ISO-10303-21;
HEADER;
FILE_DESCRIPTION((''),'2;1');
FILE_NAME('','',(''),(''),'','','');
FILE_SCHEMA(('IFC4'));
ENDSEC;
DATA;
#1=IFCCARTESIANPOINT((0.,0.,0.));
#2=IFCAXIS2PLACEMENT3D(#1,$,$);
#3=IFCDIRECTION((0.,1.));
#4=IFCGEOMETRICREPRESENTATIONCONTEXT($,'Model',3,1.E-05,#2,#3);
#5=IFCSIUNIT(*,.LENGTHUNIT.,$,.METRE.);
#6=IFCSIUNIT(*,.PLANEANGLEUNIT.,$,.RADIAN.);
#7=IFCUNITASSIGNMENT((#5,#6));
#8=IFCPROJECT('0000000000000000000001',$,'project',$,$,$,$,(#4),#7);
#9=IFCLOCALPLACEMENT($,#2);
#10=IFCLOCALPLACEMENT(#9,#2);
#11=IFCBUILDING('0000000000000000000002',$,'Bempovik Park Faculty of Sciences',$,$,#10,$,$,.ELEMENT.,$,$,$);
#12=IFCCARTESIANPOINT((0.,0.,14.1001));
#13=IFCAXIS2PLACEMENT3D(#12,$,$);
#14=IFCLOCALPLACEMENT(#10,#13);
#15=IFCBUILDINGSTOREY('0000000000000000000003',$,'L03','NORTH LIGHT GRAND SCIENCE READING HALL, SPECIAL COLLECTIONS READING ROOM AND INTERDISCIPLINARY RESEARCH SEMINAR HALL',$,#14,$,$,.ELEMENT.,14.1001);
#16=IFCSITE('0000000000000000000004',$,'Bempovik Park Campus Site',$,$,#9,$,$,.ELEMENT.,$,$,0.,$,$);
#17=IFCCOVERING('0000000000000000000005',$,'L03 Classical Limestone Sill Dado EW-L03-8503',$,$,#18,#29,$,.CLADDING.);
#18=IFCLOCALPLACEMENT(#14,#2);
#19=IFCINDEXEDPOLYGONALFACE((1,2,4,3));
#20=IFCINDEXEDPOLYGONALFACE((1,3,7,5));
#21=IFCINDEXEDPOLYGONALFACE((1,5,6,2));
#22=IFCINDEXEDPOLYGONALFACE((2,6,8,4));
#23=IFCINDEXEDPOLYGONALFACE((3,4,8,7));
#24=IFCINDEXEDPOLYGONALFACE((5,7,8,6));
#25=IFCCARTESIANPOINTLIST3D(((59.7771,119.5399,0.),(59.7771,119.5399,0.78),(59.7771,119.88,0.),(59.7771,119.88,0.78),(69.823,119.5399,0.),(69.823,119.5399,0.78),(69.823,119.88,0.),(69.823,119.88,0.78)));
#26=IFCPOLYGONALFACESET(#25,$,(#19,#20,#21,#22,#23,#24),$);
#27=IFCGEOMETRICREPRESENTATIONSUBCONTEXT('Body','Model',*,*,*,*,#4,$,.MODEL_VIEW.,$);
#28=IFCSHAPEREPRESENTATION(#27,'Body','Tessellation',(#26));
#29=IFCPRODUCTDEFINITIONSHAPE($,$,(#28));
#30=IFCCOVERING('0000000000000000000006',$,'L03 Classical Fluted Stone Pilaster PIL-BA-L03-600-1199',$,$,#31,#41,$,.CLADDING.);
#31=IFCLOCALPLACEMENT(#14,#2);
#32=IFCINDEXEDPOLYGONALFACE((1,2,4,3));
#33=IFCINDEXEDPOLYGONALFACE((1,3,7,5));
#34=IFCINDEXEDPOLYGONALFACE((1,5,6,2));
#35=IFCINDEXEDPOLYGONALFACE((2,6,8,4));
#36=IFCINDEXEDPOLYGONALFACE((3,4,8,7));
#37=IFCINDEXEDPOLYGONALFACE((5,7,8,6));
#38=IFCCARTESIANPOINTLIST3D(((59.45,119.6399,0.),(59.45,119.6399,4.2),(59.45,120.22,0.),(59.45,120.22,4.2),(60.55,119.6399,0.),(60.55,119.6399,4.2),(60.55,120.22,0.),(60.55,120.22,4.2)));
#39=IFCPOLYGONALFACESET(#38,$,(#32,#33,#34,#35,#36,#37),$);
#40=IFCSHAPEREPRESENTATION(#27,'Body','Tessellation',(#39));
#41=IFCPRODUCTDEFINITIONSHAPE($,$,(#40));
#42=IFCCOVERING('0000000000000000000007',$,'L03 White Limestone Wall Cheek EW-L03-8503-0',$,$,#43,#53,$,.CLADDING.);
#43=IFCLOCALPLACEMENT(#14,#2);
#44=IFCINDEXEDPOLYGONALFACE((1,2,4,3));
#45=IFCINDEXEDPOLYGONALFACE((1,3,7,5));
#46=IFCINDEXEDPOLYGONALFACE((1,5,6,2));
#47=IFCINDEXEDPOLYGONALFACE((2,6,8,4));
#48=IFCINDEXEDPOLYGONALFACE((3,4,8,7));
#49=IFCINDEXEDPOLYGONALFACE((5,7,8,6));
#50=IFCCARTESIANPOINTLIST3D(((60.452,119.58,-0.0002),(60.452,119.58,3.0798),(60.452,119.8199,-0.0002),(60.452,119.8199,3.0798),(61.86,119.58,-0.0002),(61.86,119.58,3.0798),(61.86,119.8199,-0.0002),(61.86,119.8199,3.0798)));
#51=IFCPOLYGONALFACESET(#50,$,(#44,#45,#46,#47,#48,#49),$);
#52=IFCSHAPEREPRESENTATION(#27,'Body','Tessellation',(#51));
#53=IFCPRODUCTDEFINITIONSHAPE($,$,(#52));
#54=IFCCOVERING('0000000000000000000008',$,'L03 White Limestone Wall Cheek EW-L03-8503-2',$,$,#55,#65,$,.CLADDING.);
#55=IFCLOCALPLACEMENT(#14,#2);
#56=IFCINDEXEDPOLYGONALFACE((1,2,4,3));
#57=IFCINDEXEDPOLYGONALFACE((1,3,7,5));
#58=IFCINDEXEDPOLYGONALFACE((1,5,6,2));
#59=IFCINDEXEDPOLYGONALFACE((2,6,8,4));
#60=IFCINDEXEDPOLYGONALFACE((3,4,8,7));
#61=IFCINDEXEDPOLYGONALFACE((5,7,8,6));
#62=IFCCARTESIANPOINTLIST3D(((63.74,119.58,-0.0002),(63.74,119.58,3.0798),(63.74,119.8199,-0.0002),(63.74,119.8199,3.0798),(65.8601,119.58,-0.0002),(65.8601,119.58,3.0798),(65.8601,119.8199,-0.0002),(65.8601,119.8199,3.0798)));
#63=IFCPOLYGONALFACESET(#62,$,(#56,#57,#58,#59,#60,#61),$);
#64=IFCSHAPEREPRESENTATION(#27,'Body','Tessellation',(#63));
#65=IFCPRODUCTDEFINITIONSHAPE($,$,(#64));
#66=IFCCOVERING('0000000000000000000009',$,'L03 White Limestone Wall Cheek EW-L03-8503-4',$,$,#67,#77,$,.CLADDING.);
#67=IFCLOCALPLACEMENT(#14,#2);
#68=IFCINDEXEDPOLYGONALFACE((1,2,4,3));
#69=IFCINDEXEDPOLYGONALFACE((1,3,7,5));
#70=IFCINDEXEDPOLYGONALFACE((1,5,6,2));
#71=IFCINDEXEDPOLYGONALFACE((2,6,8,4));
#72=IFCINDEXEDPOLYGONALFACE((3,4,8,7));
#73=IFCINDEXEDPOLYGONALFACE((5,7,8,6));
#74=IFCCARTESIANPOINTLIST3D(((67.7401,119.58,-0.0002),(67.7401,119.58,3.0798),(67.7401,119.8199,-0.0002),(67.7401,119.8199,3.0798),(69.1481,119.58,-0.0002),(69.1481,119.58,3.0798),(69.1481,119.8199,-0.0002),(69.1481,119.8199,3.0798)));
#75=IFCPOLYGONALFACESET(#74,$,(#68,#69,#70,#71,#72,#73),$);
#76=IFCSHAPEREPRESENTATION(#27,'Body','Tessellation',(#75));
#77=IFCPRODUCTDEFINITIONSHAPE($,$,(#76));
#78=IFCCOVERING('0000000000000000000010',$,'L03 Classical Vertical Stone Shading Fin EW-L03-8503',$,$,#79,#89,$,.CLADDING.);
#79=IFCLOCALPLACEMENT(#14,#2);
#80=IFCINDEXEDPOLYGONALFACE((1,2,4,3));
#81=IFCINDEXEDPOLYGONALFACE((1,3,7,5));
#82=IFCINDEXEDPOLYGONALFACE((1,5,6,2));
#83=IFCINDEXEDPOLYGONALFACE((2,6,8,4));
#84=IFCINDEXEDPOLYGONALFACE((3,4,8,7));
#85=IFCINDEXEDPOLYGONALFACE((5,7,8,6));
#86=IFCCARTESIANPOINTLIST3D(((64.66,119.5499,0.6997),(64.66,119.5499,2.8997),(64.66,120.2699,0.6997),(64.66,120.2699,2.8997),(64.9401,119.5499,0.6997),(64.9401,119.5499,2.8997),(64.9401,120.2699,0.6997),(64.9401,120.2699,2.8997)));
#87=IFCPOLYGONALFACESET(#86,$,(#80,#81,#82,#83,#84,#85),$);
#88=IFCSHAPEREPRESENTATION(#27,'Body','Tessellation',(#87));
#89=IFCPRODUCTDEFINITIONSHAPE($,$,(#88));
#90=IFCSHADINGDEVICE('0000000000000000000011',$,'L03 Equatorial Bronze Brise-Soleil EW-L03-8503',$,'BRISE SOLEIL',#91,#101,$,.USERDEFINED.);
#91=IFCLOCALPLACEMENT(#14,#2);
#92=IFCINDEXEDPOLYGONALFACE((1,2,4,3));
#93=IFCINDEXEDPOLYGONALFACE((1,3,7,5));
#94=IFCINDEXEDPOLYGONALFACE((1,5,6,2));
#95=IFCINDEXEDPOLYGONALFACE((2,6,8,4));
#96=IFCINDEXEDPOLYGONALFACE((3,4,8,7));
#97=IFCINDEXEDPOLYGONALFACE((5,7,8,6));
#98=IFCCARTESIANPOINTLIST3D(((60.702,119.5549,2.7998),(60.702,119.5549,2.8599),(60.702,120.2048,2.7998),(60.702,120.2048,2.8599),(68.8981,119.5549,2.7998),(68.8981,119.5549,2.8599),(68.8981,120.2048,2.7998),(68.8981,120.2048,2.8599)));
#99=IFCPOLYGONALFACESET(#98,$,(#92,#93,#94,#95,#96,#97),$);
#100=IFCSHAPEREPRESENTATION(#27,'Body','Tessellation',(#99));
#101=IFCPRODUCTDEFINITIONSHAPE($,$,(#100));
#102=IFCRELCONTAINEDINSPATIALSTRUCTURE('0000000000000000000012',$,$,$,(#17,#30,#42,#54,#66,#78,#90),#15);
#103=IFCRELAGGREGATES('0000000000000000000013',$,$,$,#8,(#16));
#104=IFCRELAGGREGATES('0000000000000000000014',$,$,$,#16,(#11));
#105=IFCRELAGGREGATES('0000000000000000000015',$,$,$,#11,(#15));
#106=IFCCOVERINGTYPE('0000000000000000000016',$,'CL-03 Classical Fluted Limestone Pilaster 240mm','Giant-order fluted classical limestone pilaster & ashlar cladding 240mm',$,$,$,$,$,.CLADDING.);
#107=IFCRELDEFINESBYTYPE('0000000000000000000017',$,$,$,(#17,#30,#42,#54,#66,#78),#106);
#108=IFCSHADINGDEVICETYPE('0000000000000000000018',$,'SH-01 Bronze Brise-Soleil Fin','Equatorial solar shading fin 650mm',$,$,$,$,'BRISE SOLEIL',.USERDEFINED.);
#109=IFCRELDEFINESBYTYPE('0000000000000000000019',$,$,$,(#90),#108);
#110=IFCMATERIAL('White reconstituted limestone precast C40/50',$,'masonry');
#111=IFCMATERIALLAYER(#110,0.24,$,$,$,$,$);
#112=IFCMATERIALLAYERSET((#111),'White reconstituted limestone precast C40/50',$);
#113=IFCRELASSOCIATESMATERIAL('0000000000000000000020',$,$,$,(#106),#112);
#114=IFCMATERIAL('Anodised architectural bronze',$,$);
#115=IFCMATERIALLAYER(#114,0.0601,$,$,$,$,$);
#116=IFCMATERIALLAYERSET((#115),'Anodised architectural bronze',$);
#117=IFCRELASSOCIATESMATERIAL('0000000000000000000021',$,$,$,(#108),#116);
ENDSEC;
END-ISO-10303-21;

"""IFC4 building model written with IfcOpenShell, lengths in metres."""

from ifc_helpers import new_model, si_unit, direction, frame, origin, origin_2d, place, context, subcontext, project, spatial, rectangle, extrude, material, layer, layer_set, type_object, element, save


model = new_model("IFC4")

# Units and contexts
model_context = context("Model", 3, precision=1e-05, world=origin(), true_north=direction((0.0, 1.0)))
body_context = subcontext(model_context, "Body", "Model", "MODEL_VIEW")
ifc_project = project(units=[si_unit("LENGTHUNIT", "METRE"), si_unit("PLANEANGLEUNIT", "RADIAN")], contexts=[model_context])

# Site, building, storey
site_placement = place(None, origin())
site = spatial("IfcSite", under=ifc_project, at=site_placement, Name="Bempovik Park Campus Site", CompositionType="ELEMENT", RefElevation=0.0)
building_placement = place(site_placement, origin())
building = spatial("IfcBuilding", under=site, at=building_placement, Name="Bempovik Park Faculty of Sciences", CompositionType="ELEMENT")
storey_placement = place(building_placement, frame((0.0, 0.0, 14.1001)))
storey = spatial("IfcBuildingStorey", under=building, at=storey_placement, Name="L03", Description="NORTH LIGHT GRAND SCIENCE READING HALL, SPECIAL COLLECTIONS READING ROOM AND INTERDISCIPLINARY RESEARCH SEMINAR HALL", CompositionType="ELEMENT", Elevation=14.1001)

# Coverings
ifc_material_1 = material(Name="White reconstituted limestone precast C40/50", Category="masonry")
ifc_layer_1 = layer(ifc_material_1, 0.24)
ifc_layer_set_1 = layer_set([ifc_layer_1], Name="White reconstituted limestone precast C40/50")
covering_type_1 = type_object("IfcCoveringType", Name="CL-03 Classical Fluted Limestone Pilaster 240mm", Description="Giant-order fluted classical limestone pilaster & ashlar cladding 240mm", PredefinedType="CLADDING", material=ifc_layer_set_1)
covering_1_placement = place(storey_placement, frame((64.8, 119.71, 0.0), z_axis=(0.0, 0.0, 1.0), x_axis=(1.0, 0.0, 0.0)))
element("IfcCovering", 1, at=covering_1_placement, inside=storey, type_object=covering_type_1, Name="L03 Classical Limestone Sill Dado EW-L03-8503", PredefinedType="CLADDING", context=body_context, shape_type="SweptSolid", body=[
    extrude(rectangle(XDim=10.0459, YDim=0.3401, at=origin_2d()), origin(), (0.0, 0.0, 1.0), 0.78),
])
covering_2_placement = place(storey_placement, frame((60.0, 119.9299, 0.0), z_axis=(0.0, 0.0, 1.0), x_axis=(1.0, 0.0, 0.0)))
element("IfcCovering", 2, at=covering_2_placement, inside=storey, type_object=covering_type_1, Name="L03 Classical Fluted Stone Pilaster PIL-BA-L03-600-1199", PredefinedType="CLADDING", context=body_context, shape_type="SweptSolid", body=[
    extrude(rectangle(XDim=1.1001, YDim=0.5801, at=origin_2d()), origin(), (0.0, 0.0, 1.0), 4.2),
])
covering_3_placement = place(storey_placement, frame((61.156, 119.7, -0.0002), z_axis=(0.0, 0.0, 1.0), x_axis=(1.0, 0.0, 0.0)))
element("IfcCovering", 3, at=covering_3_placement, inside=storey, type_object=covering_type_1, Name="L03 White Limestone Wall Cheek EW-L03-8503-0", PredefinedType="CLADDING", context=body_context, shape_type="SweptSolid", body=[
    extrude(rectangle(XDim=1.408, YDim=0.24, at=origin_2d()), origin(), (0.0, 0.0, 1.0), 3.0801),
])
covering_4_placement = place(storey_placement, frame((64.8, 119.7, -0.0002), z_axis=(0.0, 0.0, 1.0), x_axis=(1.0, 0.0, 0.0)))
element("IfcCovering", 4, at=covering_4_placement, inside=storey, type_object=covering_type_1, Name="L03 White Limestone Wall Cheek EW-L03-8503-2", PredefinedType="CLADDING", context=body_context, shape_type="SweptSolid", body=[
    extrude(rectangle(XDim=2.1201, YDim=0.24, at=origin_2d()), origin(), (0.0, 0.0, 1.0), 3.0801),
])
covering_5_placement = place(storey_placement, frame((68.4441, 119.7, -0.0002), z_axis=(0.0, 0.0, 1.0), x_axis=(1.0, 0.0, 0.0)))
element("IfcCovering", 5, at=covering_5_placement, inside=storey, type_object=covering_type_1, Name="L03 White Limestone Wall Cheek EW-L03-8503-4", PredefinedType="CLADDING", context=body_context, shape_type="SweptSolid", body=[
    extrude(rectangle(XDim=1.408, YDim=0.24, at=origin_2d()), origin(), (0.0, 0.0, 1.0), 3.0801),
])
covering_6_placement = place(storey_placement, frame((64.8, 119.9099, 0.6997), z_axis=(0.0, 0.0, 1.0), x_axis=(1.0, 0.0, 0.0)))
element("IfcCovering", 6, at=covering_6_placement, inside=storey, type_object=covering_type_1, Name="L03 Classical Vertical Stone Shading Fin EW-L03-8503", PredefinedType="CLADDING", context=body_context, shape_type="SweptSolid", body=[
    extrude(rectangle(XDim=0.28, YDim=0.72, at=origin_2d()), origin(), (0.0, 0.0, 1.0), 2.2),
])

# Shading device
ifc_material_2 = material(Name="Anodised architectural bronze")
ifc_layer_2 = layer(ifc_material_2, 0.0601)
ifc_layer_set_2 = layer_set([ifc_layer_2], Name="Anodised architectural bronze")
shading_device_type = type_object("IfcShadingDeviceType", Name="SH-01 Bronze Brise-Soleil Fin", Description="Equatorial solar shading fin 650mm", ElementType="BRISE SOLEIL", PredefinedType="USERDEFINED", material=ifc_layer_set_2)
shading_device_placement = place(storey_placement, frame((64.8, 119.8799, 2.7998), z_axis=(0.0, 0.0, 1.0), x_axis=(1.0, 0.0, 0.0)))
element("IfcShadingDevice", 7, at=shading_device_placement, inside=storey, type_object=shading_device_type, Name="L03 Equatorial Bronze Brise-Soleil EW-L03-8503", ObjectType="BRISE SOLEIL", PredefinedType="USERDEFINED", context=body_context, shape_type="SweptSolid", body=[
    extrude(rectangle(XDim=8.196, YDim=0.6499, at=origin_2d()), origin(), (0.0, 0.0, 1.0), 0.0601),
])

save(model, "model.ifc")
